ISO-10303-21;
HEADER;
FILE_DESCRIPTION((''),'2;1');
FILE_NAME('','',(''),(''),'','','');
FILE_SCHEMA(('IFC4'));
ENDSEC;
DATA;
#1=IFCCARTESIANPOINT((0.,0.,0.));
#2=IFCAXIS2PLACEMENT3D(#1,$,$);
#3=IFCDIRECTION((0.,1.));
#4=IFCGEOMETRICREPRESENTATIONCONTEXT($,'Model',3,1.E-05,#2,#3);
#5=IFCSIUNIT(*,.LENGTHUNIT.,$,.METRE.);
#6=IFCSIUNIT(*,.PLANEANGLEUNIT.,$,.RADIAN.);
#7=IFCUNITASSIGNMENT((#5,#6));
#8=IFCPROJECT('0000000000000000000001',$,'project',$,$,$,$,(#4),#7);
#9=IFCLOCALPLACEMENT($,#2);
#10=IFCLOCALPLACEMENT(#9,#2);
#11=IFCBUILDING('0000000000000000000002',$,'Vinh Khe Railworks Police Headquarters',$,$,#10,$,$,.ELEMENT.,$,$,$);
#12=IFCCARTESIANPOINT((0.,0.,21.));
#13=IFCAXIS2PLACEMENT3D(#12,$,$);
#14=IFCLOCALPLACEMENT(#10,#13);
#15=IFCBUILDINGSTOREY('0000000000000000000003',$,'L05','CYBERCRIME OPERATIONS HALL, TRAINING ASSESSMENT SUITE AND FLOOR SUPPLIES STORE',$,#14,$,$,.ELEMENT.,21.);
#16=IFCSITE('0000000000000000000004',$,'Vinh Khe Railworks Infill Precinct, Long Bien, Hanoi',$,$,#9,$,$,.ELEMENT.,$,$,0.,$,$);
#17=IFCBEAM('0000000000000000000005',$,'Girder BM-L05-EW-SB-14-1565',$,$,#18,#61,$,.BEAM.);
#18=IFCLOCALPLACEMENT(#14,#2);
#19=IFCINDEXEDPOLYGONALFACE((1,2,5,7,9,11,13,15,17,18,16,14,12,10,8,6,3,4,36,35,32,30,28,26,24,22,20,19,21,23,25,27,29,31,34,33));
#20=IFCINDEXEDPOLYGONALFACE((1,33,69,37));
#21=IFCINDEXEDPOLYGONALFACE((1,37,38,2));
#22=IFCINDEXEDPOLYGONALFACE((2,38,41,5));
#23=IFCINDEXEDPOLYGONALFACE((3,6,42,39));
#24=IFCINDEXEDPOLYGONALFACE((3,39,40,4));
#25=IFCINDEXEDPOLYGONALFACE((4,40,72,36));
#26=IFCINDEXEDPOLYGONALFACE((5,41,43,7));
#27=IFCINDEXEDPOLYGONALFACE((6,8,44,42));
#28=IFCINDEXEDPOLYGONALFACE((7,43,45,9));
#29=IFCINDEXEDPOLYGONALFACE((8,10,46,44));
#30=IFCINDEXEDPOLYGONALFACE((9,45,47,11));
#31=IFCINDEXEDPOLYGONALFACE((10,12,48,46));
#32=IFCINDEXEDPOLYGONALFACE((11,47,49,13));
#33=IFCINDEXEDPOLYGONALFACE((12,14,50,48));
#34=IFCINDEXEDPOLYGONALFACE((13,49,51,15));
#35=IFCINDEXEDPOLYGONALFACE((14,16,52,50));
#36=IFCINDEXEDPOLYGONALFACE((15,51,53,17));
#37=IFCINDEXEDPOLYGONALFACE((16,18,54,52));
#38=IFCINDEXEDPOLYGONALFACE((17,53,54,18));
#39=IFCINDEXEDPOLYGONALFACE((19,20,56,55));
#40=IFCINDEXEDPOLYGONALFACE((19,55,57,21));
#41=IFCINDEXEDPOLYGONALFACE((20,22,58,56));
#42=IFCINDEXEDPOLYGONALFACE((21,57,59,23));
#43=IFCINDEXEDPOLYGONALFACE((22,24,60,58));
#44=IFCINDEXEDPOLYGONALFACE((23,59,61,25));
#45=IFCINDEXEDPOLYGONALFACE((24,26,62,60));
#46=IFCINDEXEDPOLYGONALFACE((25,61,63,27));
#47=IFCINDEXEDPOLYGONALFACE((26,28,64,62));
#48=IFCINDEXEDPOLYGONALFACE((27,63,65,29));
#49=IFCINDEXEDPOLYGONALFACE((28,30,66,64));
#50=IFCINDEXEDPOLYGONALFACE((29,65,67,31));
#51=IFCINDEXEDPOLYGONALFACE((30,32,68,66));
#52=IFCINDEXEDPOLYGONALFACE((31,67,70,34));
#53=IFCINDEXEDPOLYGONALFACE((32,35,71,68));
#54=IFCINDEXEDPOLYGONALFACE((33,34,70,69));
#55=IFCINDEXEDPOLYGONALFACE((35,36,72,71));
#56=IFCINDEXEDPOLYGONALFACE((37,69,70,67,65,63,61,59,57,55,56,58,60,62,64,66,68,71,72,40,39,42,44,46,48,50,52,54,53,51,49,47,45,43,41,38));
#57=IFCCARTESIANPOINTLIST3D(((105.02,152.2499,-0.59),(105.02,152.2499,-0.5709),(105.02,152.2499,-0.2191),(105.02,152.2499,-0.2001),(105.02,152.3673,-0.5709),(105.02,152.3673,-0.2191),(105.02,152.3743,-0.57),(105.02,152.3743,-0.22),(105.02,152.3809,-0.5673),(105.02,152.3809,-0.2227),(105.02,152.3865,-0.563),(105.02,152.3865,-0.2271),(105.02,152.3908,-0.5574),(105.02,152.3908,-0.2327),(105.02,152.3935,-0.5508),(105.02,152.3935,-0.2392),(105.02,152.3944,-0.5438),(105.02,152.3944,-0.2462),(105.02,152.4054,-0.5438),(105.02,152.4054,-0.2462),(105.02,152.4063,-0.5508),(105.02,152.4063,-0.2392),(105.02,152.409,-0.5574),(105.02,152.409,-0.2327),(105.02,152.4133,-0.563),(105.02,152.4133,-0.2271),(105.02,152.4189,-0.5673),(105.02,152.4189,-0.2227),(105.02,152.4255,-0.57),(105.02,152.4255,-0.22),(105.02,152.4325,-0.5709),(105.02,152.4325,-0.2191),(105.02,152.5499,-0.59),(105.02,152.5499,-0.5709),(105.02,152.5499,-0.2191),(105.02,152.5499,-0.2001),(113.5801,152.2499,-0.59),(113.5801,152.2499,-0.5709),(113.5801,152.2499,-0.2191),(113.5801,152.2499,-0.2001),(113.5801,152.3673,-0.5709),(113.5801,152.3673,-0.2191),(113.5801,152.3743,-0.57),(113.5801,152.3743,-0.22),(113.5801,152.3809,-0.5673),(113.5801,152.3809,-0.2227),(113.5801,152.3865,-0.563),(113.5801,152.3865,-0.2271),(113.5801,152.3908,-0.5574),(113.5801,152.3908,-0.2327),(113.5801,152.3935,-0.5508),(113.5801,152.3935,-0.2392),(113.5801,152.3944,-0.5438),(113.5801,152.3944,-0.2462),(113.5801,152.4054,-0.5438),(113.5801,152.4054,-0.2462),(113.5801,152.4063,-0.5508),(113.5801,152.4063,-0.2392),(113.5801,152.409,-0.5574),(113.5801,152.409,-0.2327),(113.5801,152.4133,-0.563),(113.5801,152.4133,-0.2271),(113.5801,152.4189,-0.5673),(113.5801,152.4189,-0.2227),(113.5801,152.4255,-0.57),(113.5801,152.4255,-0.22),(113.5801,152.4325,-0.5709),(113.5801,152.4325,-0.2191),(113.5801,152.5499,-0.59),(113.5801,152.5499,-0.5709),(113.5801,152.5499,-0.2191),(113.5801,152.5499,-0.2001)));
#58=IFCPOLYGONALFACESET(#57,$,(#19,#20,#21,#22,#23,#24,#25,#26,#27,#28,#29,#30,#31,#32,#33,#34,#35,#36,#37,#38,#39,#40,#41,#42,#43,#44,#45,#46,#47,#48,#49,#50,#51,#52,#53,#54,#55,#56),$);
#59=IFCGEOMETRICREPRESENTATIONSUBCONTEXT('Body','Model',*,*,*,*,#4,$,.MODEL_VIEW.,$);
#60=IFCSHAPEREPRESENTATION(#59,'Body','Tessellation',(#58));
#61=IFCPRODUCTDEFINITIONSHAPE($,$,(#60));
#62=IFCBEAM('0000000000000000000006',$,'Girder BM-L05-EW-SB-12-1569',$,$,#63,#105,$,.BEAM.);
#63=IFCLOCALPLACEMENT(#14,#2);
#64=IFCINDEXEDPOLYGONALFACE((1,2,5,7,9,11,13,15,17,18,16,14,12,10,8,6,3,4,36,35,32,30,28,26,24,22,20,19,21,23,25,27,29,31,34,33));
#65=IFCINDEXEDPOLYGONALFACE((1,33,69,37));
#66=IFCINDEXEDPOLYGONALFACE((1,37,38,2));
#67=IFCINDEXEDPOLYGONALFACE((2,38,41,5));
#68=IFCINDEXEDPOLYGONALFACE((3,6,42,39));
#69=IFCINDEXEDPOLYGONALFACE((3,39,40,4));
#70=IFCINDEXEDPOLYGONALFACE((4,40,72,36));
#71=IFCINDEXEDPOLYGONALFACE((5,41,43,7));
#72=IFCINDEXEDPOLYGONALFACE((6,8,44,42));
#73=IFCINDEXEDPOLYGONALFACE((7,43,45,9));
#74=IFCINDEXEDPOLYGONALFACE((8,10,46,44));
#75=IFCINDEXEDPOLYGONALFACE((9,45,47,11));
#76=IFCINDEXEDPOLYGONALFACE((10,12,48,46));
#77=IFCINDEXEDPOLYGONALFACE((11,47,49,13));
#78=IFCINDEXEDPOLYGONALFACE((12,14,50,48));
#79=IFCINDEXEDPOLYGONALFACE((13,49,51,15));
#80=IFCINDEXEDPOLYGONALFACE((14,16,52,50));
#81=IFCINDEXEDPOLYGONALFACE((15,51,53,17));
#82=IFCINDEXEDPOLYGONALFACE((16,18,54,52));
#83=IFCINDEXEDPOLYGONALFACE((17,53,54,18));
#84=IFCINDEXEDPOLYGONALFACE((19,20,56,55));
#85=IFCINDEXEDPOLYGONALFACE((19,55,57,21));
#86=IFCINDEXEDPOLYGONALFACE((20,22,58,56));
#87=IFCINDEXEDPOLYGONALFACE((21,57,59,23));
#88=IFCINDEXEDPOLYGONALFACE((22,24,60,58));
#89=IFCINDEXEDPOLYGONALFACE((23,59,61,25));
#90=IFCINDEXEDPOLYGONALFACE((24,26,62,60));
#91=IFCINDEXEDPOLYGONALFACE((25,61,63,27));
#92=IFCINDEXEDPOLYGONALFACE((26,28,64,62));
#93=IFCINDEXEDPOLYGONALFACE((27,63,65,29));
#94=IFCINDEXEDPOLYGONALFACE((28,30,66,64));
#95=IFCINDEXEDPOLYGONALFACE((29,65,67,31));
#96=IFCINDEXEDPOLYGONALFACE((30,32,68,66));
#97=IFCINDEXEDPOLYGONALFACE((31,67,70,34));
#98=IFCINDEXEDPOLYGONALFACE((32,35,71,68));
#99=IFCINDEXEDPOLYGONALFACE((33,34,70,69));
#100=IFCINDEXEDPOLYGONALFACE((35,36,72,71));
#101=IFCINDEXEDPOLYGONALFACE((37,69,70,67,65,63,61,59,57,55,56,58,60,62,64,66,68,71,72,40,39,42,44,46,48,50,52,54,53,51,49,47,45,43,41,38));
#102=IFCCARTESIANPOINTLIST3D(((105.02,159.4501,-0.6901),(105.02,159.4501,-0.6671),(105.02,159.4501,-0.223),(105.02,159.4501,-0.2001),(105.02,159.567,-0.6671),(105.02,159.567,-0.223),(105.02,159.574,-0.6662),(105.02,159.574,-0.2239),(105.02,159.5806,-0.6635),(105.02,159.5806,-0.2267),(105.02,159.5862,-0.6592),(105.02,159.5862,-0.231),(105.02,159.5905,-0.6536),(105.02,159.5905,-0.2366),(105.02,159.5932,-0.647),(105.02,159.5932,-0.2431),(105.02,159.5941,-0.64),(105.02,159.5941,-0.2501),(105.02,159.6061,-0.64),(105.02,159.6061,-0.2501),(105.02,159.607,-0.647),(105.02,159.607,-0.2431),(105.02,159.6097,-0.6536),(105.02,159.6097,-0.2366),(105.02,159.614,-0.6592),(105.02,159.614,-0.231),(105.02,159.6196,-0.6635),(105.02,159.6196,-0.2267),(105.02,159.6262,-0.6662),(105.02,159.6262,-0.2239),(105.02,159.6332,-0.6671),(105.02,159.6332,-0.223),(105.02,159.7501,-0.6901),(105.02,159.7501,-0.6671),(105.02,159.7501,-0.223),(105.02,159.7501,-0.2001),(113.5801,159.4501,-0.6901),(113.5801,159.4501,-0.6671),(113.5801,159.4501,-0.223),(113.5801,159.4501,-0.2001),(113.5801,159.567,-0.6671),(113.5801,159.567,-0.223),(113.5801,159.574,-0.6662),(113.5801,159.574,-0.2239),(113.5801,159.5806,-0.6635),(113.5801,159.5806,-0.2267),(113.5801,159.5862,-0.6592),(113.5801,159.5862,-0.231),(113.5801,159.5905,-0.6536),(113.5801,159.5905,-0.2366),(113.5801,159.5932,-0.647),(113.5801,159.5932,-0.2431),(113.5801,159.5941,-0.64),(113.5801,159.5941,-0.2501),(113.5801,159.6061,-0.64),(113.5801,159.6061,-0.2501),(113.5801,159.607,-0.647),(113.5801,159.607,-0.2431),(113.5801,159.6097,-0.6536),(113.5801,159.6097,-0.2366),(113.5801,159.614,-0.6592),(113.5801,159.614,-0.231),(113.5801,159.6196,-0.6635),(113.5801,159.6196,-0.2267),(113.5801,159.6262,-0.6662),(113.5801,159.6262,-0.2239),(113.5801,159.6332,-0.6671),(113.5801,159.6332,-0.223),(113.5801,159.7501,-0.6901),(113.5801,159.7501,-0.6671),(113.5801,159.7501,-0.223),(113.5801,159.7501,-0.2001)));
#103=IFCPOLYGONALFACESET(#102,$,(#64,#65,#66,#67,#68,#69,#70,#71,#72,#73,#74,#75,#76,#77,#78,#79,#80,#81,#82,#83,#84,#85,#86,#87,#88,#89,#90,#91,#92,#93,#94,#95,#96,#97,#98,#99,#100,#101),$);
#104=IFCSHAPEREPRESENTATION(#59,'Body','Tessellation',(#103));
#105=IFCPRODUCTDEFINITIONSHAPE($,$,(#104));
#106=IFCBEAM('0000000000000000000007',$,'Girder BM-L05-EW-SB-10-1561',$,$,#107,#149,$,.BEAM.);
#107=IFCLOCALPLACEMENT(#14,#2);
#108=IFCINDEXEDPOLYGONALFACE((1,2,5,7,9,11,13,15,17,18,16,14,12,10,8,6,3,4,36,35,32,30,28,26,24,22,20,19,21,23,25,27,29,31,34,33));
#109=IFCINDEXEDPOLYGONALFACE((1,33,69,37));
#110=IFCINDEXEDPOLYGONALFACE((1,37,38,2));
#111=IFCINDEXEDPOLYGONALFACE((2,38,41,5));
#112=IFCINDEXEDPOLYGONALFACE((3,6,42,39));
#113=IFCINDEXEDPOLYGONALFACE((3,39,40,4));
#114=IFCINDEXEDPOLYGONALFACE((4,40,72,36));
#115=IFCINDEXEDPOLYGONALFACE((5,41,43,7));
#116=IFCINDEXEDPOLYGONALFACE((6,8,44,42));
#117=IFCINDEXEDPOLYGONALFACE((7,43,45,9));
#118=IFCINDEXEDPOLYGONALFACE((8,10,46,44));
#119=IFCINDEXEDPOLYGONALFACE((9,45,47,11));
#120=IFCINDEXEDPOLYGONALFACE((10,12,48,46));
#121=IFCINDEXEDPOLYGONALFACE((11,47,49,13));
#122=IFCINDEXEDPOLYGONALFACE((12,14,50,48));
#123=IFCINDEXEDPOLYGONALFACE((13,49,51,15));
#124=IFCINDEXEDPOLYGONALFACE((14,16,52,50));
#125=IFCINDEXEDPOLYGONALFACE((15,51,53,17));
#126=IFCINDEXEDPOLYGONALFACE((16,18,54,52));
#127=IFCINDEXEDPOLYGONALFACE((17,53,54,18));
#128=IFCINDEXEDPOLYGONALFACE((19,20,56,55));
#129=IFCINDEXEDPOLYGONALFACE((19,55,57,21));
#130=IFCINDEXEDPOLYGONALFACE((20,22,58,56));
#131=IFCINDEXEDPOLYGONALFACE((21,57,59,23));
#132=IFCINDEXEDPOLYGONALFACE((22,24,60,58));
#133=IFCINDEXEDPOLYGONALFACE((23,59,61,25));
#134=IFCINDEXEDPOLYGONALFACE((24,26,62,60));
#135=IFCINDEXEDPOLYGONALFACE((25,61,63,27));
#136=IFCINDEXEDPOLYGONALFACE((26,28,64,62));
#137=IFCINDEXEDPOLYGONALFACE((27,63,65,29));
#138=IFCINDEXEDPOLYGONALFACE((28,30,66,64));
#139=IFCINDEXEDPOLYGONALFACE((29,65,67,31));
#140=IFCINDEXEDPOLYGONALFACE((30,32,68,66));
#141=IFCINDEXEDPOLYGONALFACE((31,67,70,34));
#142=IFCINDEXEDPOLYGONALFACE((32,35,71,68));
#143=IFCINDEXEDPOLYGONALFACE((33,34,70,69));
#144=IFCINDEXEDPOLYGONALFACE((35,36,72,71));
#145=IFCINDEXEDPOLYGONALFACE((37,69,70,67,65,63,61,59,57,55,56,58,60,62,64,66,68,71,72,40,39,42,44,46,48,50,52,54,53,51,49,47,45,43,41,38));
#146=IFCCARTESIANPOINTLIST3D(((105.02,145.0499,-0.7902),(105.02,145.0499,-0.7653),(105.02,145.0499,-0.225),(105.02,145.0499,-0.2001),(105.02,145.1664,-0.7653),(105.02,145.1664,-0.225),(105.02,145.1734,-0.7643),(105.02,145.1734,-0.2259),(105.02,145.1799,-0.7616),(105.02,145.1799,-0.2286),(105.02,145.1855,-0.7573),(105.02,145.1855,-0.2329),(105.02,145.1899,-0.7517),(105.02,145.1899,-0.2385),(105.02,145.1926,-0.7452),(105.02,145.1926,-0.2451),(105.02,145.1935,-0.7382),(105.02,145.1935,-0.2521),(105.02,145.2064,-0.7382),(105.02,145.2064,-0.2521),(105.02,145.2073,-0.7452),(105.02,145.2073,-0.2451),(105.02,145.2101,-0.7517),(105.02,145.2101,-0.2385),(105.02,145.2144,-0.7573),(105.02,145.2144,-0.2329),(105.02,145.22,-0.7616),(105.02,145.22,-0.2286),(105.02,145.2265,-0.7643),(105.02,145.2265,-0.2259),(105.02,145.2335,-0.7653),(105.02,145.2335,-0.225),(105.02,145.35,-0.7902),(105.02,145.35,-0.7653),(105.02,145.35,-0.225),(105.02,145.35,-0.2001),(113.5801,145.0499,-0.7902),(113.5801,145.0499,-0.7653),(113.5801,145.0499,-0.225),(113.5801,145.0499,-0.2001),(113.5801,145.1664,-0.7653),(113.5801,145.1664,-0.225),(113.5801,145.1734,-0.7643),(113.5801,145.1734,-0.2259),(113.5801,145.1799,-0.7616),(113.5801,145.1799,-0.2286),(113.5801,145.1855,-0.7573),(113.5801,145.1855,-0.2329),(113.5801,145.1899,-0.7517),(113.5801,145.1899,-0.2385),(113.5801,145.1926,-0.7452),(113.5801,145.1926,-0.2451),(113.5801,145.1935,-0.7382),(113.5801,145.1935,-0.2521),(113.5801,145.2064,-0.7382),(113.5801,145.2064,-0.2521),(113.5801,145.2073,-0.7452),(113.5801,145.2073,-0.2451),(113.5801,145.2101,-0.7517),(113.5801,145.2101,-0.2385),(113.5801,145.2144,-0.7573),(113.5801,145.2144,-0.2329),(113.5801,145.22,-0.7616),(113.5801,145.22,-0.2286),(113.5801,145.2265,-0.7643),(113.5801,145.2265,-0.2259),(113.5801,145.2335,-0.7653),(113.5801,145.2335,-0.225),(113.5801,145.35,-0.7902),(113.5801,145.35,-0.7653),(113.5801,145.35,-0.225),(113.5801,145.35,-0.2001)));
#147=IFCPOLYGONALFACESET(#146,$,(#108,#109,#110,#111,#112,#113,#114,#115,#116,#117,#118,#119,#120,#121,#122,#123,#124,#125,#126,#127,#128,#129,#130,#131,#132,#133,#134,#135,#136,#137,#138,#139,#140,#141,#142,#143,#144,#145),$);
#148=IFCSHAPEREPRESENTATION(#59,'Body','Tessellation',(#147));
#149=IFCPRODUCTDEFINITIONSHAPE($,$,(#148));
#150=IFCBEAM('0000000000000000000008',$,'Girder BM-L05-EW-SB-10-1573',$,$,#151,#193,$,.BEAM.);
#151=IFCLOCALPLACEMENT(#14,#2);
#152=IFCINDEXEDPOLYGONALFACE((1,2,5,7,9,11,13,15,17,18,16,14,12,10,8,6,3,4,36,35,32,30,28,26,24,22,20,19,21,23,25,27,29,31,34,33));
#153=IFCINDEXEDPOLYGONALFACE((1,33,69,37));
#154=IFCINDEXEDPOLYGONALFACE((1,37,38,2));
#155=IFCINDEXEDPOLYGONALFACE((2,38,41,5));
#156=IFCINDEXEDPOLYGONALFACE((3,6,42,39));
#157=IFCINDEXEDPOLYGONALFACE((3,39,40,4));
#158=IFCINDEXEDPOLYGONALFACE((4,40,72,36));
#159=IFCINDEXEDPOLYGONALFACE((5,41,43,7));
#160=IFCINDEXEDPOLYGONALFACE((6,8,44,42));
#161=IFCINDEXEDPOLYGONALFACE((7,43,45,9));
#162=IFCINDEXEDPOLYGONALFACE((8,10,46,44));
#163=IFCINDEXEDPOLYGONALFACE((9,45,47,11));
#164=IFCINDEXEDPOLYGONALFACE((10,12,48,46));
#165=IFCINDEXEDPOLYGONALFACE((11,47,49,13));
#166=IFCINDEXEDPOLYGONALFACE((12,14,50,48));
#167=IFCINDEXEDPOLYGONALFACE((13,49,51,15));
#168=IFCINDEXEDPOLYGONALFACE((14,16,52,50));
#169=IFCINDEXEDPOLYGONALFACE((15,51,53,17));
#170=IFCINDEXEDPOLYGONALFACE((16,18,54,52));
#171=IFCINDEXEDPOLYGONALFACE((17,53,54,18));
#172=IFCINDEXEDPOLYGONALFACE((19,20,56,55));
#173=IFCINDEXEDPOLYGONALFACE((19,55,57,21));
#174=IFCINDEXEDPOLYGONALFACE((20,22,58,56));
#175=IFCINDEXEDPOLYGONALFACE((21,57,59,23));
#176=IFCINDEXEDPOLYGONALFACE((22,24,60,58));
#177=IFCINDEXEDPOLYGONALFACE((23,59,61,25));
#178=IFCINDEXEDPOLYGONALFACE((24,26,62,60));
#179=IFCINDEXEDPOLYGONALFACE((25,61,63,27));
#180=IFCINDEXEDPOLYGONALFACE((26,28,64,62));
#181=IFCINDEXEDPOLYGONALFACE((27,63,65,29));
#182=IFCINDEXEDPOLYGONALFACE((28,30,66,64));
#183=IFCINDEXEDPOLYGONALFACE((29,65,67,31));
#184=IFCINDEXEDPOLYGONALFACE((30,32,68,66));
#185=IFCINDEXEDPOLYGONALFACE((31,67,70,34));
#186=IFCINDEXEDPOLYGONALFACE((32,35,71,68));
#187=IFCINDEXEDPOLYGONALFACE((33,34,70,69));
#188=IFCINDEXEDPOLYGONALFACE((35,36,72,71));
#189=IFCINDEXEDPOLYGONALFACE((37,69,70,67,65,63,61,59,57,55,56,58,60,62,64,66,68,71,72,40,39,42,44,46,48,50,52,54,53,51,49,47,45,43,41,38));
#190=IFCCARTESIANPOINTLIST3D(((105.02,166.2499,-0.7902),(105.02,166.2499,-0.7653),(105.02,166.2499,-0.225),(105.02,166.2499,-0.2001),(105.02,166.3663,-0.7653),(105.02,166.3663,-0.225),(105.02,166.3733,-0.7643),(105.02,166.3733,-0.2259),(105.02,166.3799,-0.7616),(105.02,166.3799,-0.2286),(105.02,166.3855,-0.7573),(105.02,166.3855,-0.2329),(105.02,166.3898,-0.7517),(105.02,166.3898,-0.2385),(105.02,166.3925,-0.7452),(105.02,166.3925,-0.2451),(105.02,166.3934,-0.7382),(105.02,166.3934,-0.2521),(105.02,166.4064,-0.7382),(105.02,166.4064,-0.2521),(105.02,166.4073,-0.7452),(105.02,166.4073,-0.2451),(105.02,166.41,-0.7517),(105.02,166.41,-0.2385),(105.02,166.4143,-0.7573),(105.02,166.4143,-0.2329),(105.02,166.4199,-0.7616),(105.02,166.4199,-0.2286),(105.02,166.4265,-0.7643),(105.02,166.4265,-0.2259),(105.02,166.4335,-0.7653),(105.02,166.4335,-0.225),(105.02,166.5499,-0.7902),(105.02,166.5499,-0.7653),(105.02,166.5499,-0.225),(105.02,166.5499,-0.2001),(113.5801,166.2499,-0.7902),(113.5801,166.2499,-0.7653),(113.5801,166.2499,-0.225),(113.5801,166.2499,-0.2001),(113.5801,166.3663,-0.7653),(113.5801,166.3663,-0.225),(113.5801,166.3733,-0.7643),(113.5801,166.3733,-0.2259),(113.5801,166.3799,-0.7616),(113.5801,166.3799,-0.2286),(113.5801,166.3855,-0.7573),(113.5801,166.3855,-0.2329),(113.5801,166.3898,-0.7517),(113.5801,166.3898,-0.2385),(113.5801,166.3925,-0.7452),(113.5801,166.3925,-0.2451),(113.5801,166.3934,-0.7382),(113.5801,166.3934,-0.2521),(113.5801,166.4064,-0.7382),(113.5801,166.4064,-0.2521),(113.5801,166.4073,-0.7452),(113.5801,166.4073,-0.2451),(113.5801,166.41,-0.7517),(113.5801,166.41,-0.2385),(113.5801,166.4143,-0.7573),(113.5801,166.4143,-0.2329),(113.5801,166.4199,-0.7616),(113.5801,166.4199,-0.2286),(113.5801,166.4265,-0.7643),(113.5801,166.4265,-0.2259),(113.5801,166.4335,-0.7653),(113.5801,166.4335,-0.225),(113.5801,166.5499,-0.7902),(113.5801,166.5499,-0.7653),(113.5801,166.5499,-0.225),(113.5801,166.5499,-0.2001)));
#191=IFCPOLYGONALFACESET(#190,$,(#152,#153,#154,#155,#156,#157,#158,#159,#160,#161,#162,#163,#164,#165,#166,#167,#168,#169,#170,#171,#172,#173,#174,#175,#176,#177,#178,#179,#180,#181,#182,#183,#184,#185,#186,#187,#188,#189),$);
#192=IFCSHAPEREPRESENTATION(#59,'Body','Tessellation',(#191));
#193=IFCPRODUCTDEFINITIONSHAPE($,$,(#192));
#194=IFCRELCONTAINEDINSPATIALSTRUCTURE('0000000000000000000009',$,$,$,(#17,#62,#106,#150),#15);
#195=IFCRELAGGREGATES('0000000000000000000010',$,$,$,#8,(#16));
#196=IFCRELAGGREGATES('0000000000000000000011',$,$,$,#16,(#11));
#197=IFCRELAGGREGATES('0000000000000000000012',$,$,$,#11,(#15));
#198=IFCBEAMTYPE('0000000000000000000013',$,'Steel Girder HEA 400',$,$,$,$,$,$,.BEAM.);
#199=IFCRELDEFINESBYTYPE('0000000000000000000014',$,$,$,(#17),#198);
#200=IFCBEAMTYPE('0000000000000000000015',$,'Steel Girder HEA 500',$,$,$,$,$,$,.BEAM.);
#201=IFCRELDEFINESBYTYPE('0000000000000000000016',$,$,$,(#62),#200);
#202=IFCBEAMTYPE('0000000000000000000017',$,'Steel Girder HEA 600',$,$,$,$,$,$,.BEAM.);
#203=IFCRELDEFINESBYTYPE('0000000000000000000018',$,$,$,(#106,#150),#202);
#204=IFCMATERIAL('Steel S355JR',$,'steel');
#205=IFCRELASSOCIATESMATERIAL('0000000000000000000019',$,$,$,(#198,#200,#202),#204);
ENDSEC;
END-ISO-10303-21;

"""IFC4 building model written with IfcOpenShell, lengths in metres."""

from ifc_helpers import new_model, si_unit, direction, frame, origin, origin_2d, place, context, subcontext, project, spatial, i_section, extrude, material, material_profile, profile_set, type_object, element, save


model = new_model("IFC4")

# Units and contexts
model_context = context("Model", 3, precision=1e-05, world=origin(), true_north=direction((0.0, 1.0)))
body_context = subcontext(model_context, "Body", "Model", "MODEL_VIEW")
ifc_project = project(units=[si_unit("LENGTHUNIT", "METRE"), si_unit("PLANEANGLEUNIT", "RADIAN")], contexts=[model_context])

# Site, building, storey
site_placement = place(None, origin())
site = spatial("IfcSite", under=ifc_project, at=site_placement, Name="Vinh Khe Railworks Infill Precinct, Long Bien, Hanoi", CompositionType="ELEMENT", RefElevation=0.0)
building_placement = place(site_placement, origin())
building = spatial("IfcBuilding", under=site, at=building_placement, Name="Vinh Khe Railworks Police Headquarters", CompositionType="ELEMENT")
storey_placement = place(building_placement, frame((0.0, 0.0, 21.0)))
storey = spatial("IfcBuildingStorey", under=building, at=storey_placement, Name="L05", Description="CYBERCRIME OPERATIONS HALL, TRAINING ASSESSMENT SUITE AND FLOOR SUPPLIES STORE", CompositionType="ELEMENT", Elevation=21.0)

# Shared definitions
ifc_material_1 = material(Name="Steel S355JR", Category="steel")

# Beams
ifc_material_profile_1 = material_profile(ifc_material_1, i_section(OverallWidth=0.3, OverallDepth=0.3899, WebThickness=0.011, FlangeThickness=0.019, FilletRadius=0.0271, at=origin_2d()), Name="HEA 400")
ifc_profile_set_1 = profile_set([ifc_material_profile_1], Name="Steel S355JR")
beam_type_1 = type_object("IfcBeamType", Name="Steel Girder HEA 400", PredefinedType="BEAM", material=ifc_profile_set_1)
beam_1_placement = place(storey_placement, frame((105.02, 152.3999, -0.395), z_axis=(1.0, 0.0, 0.0), x_axis=(0.0, 1.0, 0.0)))
element("IfcBeam", 1, at=beam_1_placement, inside=storey, type_object=beam_type_1, Name="Girder BM-L05-EW-SB-14-1565", PredefinedType="BEAM", context=body_context, shape_type="SweptSolid", body=[
    extrude(i_section(OverallWidth=0.3, OverallDepth=0.3899, WebThickness=0.011, FlangeThickness=0.019, FilletRadius=0.0271, at=origin_2d()), origin(), (0.0, 0.0, 1.0), 8.5601),
])
ifc_material_profile_2 = material_profile(ifc_material_1, i_section(OverallWidth=0.3, OverallDepth=0.49, WebThickness=0.012, FlangeThickness=0.0229, FilletRadius=0.0271, at=origin_2d()), Name="HEA 500")
ifc_profile_set_2 = profile_set([ifc_material_profile_2], Name="Steel S355JR")
beam_type_2 = type_object("IfcBeamType", Name="Steel Girder HEA 500", PredefinedType="BEAM", material=ifc_profile_set_2)
beam_2_placement = place(storey_placement, frame((105.02, 159.6001, -0.4451), z_axis=(1.0, 0.0, 0.0), x_axis=(0.0, 1.0, 0.0)))
element("IfcBeam", 2, at=beam_2_placement, inside=storey, type_object=beam_type_2, Name="Girder BM-L05-EW-SB-12-1569", PredefinedType="BEAM", context=body_context, shape_type="SweptSolid", body=[
    extrude(i_section(OverallWidth=0.3, OverallDepth=0.49, WebThickness=0.012, FlangeThickness=0.0229, FilletRadius=0.0271, at=origin_2d()), origin(), (0.0, 0.0, 1.0), 8.5601),
])
ifc_material_profile_3 = material_profile(ifc_material_1, i_section(OverallWidth=0.3, OverallDepth=0.5901, WebThickness=0.0129, FlangeThickness=0.0249, FilletRadius=0.0271, at=origin_2d()), Name="HEA 600")
ifc_profile_set_3 = profile_set([ifc_material_profile_3], Name="Steel S355JR")
beam_type_3 = type_object("IfcBeamType", Name="Steel Girder HEA 600", PredefinedType="BEAM", material=ifc_profile_set_3)
for number, where, z_axis, x_axis, name in (
    (3, (105.02, 145.2, -0.4951), (1.0, 0.0, 0.0), (0.0, 1.0, 0.0), "Girder BM-L05-EW-SB-10-1561"),
    (4, (105.02, 166.3999, -0.4951), (1.0, 0.0, 0.0), (0.0, 1.0, 0.0), "Girder BM-L05-EW-SB-10-1573"),
):
    element("IfcBeam", number, at=place(storey_placement, frame(where, z_axis=z_axis, x_axis=x_axis)), inside=storey, type_object=beam_type_3, Name=name, PredefinedType="BEAM", context=body_context, shape_type="SweptSolid", body=[
        extrude(i_section(OverallWidth=0.3, OverallDepth=0.5901, WebThickness=0.0129, FlangeThickness=0.0249, FilletRadius=0.0271, at=origin_2d()), origin(), (0.0, 0.0, 1.0), 8.5601),
    ])

save(model, "model.ifc")
